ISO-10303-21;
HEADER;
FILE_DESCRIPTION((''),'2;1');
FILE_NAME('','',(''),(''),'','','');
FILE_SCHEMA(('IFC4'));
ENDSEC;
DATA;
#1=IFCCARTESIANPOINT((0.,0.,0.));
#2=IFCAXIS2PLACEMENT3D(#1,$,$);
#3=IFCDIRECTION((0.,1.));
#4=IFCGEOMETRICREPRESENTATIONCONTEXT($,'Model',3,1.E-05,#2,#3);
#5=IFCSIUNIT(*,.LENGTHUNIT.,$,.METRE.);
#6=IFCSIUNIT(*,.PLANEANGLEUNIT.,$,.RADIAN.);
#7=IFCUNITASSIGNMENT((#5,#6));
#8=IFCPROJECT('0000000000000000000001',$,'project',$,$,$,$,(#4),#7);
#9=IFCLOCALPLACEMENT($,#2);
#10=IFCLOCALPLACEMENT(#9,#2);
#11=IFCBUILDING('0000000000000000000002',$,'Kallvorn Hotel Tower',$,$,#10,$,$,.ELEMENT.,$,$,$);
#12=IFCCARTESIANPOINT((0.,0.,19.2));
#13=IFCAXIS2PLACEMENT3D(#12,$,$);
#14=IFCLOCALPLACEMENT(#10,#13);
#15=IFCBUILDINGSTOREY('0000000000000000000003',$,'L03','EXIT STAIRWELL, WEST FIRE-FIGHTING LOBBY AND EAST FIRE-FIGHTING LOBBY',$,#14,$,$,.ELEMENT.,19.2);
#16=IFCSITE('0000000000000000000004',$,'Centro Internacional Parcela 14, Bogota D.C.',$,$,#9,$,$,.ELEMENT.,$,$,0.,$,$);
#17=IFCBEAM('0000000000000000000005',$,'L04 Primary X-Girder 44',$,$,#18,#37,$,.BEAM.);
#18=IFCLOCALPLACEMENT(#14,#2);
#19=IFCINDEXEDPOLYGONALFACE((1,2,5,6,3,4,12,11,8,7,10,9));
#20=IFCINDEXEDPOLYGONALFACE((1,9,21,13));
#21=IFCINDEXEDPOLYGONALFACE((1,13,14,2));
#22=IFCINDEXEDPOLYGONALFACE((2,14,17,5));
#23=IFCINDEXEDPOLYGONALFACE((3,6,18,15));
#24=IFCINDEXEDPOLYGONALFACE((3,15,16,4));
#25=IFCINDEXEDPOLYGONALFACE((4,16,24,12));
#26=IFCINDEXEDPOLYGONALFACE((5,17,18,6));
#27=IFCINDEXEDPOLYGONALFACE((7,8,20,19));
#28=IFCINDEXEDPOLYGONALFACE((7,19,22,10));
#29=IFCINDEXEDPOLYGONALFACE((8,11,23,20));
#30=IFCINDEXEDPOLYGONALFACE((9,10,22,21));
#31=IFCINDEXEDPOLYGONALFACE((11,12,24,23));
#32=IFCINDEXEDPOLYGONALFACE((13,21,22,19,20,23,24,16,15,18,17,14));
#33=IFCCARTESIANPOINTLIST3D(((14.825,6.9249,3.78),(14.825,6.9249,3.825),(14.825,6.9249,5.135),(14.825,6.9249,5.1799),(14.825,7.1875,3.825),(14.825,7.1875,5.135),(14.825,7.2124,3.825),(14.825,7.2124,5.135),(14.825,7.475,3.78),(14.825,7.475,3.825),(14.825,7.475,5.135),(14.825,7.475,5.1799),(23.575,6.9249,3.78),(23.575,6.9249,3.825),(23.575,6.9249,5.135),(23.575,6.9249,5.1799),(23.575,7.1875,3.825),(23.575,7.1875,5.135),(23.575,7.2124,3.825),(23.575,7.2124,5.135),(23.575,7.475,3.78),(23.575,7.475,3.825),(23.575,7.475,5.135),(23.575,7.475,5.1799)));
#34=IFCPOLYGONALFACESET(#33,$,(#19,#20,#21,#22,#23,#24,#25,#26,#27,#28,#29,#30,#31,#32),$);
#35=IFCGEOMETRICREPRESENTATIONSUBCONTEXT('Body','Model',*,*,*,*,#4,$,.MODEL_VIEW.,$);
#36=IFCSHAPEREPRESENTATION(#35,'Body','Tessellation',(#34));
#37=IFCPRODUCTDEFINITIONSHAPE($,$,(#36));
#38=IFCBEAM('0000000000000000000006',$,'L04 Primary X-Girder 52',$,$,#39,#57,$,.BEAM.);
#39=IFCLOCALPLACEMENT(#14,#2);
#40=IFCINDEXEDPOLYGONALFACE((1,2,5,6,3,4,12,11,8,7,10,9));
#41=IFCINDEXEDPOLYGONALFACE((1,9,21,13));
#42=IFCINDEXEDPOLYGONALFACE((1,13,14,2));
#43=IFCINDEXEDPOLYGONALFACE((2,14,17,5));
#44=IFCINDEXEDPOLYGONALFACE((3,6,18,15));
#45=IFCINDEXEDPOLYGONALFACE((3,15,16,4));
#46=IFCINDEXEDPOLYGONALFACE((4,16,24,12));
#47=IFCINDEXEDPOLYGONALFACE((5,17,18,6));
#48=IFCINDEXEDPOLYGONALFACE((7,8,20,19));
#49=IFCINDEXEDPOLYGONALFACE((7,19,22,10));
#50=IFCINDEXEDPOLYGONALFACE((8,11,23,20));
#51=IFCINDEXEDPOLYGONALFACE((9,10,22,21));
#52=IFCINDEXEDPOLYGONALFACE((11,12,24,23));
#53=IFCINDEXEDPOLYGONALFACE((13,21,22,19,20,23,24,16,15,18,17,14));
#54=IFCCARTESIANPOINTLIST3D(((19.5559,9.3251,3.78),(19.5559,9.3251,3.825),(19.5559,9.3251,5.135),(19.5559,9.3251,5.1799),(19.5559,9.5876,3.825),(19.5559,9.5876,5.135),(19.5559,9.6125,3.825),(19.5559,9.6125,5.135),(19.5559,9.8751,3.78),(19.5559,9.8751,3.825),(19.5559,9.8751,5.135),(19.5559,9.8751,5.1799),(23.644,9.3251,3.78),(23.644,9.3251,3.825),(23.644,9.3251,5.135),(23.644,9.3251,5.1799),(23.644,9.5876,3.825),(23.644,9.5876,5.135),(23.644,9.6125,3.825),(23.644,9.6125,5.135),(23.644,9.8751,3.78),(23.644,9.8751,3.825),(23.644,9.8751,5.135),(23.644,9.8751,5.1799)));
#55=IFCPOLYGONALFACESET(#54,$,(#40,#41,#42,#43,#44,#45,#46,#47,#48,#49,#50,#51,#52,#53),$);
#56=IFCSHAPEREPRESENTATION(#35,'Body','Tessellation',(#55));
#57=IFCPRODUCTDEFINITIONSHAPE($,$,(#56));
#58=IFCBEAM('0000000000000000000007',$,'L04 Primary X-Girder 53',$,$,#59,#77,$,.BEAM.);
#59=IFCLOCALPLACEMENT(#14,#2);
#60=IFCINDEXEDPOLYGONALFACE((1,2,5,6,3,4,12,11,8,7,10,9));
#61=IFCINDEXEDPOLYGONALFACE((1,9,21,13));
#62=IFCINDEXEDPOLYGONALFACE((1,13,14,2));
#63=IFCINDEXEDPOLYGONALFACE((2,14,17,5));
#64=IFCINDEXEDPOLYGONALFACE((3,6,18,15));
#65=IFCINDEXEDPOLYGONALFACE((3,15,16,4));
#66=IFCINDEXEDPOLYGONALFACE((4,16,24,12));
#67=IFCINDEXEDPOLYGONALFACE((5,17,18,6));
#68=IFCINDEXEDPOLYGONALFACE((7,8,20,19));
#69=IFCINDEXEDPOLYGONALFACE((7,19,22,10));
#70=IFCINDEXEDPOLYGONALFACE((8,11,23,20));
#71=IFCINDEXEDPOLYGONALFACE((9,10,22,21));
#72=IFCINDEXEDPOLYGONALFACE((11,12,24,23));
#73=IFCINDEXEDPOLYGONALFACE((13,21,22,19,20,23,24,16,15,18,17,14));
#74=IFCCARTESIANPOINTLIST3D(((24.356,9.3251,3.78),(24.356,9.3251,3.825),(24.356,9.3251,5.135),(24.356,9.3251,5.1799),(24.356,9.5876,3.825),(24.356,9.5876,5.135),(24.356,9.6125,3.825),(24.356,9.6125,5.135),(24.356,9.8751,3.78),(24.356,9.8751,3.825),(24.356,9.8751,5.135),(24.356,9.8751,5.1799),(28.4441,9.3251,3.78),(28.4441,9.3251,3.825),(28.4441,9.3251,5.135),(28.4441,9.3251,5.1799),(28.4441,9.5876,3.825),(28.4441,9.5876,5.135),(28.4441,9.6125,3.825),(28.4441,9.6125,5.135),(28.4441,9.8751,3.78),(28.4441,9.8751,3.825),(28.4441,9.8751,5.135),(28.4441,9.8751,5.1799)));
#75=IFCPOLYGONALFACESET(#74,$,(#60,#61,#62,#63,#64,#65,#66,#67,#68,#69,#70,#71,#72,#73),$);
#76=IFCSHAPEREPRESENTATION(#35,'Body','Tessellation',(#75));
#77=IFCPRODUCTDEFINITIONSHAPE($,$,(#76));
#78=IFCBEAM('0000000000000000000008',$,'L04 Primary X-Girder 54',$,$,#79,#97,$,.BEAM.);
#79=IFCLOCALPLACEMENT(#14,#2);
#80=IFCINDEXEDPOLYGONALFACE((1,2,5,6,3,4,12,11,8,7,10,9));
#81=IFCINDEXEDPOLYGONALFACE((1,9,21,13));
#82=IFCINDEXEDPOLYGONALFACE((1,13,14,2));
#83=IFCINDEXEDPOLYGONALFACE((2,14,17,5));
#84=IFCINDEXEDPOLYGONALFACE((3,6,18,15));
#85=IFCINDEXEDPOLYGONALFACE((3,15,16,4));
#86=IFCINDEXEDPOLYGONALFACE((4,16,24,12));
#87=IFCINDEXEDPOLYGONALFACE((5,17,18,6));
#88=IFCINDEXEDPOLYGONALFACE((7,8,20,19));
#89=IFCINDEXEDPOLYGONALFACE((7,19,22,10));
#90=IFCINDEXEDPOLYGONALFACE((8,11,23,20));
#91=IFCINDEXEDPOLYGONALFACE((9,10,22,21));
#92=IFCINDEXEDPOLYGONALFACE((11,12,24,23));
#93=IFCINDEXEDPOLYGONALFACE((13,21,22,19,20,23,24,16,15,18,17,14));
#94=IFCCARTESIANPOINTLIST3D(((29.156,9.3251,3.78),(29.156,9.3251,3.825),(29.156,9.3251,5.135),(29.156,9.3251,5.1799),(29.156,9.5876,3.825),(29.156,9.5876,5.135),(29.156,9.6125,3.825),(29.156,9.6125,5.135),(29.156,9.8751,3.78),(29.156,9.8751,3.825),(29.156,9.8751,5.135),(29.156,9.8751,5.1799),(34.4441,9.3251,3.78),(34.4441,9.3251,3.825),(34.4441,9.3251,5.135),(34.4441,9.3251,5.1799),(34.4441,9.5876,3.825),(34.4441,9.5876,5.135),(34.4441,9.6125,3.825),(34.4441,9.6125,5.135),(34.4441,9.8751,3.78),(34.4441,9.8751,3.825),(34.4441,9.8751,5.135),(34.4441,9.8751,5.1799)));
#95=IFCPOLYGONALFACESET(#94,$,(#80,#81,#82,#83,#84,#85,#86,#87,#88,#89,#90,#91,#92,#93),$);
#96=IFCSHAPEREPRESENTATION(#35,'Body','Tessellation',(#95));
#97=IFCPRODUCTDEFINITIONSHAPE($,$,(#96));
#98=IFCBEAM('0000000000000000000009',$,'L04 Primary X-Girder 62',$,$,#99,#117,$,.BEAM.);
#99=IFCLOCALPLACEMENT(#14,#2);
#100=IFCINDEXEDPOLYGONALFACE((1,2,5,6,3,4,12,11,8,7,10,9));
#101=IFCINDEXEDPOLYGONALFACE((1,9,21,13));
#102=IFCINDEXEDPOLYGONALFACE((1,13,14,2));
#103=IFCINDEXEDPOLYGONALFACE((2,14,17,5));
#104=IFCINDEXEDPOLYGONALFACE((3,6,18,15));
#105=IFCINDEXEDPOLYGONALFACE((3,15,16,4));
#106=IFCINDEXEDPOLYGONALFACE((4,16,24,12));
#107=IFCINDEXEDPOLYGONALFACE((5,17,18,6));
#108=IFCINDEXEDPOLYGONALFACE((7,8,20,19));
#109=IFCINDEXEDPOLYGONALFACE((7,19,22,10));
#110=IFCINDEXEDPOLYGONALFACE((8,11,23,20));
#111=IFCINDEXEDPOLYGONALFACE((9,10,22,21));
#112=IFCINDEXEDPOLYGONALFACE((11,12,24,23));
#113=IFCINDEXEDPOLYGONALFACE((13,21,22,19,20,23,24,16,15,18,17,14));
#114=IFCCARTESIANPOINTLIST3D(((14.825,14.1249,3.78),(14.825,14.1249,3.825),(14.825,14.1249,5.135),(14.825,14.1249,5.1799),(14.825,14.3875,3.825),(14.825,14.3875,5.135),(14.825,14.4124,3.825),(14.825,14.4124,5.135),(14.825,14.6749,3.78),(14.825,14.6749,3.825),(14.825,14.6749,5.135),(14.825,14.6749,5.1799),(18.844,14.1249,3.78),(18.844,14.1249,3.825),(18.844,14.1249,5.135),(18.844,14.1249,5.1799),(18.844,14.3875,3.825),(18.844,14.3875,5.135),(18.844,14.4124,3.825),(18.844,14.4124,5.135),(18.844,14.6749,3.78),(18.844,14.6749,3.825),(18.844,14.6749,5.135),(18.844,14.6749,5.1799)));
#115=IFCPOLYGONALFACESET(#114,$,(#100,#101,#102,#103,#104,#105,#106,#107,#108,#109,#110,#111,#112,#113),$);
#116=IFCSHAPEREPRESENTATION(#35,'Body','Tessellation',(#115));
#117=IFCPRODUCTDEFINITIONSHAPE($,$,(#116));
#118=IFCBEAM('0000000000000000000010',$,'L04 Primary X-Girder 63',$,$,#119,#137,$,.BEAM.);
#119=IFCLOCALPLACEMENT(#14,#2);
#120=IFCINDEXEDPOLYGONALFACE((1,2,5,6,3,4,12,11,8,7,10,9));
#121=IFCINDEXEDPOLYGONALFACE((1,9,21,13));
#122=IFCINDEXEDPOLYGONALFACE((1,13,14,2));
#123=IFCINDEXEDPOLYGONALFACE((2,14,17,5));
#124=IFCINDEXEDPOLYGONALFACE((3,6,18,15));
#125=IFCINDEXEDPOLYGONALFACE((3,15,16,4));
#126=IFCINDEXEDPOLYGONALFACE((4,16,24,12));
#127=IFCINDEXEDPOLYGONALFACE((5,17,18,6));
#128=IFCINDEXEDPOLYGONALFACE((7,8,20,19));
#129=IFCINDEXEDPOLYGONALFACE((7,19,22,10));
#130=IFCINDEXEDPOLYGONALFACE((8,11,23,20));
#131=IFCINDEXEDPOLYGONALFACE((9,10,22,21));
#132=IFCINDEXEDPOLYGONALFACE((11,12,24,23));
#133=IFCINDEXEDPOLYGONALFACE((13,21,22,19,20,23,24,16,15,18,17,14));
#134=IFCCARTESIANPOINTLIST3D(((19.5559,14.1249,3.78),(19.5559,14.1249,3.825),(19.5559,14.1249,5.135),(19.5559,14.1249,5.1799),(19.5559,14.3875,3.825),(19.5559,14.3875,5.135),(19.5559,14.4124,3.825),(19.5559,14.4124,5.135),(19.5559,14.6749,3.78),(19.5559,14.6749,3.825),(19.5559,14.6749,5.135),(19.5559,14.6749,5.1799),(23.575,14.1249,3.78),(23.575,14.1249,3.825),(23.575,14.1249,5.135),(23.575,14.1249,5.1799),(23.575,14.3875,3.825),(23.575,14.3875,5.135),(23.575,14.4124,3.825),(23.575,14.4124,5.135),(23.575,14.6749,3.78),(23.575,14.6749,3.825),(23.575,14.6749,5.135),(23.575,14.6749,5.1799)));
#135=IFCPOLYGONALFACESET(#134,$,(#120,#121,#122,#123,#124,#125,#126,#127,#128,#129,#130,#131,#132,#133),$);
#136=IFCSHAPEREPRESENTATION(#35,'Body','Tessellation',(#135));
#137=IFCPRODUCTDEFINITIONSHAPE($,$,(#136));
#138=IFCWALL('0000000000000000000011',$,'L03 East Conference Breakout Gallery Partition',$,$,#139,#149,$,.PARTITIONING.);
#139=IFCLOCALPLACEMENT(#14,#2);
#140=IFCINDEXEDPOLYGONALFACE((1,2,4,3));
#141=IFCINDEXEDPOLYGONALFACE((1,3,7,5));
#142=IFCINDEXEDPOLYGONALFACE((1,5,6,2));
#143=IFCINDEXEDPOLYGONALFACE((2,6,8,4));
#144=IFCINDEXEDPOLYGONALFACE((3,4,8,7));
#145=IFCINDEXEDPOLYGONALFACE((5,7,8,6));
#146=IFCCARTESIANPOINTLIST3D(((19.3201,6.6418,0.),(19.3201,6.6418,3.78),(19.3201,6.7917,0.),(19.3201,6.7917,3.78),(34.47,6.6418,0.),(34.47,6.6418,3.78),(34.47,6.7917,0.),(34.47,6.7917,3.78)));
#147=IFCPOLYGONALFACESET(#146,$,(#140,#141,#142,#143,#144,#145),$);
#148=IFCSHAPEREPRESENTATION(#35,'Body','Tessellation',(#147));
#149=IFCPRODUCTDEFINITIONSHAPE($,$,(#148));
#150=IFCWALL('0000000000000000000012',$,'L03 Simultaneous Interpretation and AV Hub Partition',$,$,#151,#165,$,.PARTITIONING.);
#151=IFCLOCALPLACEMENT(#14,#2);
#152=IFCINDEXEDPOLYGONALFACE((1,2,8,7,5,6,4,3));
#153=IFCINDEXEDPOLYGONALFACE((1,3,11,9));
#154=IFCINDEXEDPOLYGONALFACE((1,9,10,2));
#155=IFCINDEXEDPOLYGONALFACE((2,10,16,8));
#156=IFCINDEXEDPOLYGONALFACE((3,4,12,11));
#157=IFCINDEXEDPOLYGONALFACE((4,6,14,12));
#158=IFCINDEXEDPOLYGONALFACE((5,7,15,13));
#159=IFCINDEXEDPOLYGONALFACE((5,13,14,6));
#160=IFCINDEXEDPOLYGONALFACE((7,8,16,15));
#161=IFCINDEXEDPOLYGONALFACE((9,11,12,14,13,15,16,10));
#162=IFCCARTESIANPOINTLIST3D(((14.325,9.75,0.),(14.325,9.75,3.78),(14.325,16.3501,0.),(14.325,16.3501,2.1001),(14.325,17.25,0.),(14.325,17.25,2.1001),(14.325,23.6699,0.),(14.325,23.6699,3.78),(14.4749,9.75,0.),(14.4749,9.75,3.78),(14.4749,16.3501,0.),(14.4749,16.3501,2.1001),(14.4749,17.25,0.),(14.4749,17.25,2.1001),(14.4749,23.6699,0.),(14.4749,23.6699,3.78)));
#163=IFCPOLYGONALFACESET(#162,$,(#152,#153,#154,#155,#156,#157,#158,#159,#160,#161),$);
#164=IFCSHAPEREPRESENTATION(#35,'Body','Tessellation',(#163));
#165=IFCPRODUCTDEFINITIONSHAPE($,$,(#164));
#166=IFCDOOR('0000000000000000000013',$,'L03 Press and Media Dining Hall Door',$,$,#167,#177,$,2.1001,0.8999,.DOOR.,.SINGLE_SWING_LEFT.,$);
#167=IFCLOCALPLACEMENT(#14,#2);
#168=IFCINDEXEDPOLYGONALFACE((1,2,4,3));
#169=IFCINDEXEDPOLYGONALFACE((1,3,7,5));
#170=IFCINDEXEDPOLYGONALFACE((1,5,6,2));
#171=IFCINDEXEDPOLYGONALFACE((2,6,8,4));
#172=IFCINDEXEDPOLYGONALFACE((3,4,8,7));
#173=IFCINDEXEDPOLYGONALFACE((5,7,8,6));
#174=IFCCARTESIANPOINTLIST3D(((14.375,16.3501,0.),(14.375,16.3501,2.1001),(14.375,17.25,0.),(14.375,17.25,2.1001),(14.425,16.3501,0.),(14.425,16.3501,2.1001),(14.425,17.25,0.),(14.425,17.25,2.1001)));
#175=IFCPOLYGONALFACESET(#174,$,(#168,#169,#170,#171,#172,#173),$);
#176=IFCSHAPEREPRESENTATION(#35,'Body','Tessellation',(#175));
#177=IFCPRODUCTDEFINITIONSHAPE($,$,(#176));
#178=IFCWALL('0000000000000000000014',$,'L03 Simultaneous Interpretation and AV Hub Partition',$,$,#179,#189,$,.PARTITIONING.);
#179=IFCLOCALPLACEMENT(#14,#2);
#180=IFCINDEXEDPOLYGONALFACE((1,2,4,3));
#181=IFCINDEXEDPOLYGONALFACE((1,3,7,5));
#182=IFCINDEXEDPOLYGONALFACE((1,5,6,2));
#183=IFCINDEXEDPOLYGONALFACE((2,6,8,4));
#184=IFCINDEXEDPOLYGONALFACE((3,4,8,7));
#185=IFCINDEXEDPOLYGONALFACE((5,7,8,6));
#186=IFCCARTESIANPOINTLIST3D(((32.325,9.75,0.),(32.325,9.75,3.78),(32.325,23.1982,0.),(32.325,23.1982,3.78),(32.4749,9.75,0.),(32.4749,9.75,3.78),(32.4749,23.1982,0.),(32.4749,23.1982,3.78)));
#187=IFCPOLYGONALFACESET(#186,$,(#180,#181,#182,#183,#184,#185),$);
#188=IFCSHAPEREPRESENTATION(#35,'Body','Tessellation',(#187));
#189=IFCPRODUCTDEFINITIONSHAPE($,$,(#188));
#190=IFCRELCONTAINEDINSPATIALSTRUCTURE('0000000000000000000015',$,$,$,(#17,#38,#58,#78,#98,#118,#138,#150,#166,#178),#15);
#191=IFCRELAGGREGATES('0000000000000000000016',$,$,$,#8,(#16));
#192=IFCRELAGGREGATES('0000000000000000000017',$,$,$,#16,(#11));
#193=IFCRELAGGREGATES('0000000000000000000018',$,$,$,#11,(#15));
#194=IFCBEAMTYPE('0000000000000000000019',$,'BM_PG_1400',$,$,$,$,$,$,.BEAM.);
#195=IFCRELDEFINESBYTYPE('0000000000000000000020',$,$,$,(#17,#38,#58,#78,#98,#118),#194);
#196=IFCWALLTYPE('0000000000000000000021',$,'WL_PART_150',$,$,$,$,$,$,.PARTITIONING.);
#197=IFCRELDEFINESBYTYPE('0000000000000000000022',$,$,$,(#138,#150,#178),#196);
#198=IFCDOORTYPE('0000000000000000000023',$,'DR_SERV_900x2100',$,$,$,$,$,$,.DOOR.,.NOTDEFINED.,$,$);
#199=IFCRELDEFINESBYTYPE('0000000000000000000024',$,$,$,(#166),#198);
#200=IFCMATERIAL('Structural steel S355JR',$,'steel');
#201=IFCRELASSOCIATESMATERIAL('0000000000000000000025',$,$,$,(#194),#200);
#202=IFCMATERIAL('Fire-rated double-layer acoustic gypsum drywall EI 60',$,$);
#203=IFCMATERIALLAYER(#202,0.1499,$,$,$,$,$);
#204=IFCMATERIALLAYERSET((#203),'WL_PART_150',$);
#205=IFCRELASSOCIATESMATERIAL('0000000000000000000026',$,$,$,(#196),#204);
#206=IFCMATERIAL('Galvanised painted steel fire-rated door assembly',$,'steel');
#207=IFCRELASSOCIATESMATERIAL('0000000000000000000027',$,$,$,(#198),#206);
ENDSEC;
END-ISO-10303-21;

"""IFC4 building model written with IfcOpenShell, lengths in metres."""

from ifc_helpers import new_model, si_unit, direction, frame, frame_2d, origin, origin_2d, place, context, subcontext, project, spatial, rectangle, i_section, extrude, material, layer, layer_set, material_profile, profile_set, type_object, element, fill, save


model = new_model("IFC4")

# Units and contexts
model_context = context("Model", 3, precision=1e-05, world=origin(), true_north=direction((0.0, 1.0)))
body_context = subcontext(model_context, "Body", "Model", "MODEL_VIEW")
ifc_project = project(units=[si_unit("LENGTHUNIT", "METRE"), si_unit("PLANEANGLEUNIT", "RADIAN")], contexts=[model_context])

# Site, building, storey
site_placement = place(None, origin())
site = spatial("IfcSite", under=ifc_project, at=site_placement, Name="Centro Internacional Parcela 14, Bogota D.C.", CompositionType="ELEMENT", RefElevation=0.0)
building_placement = place(site_placement, origin())
building = spatial("IfcBuilding", under=site, at=building_placement, Name="Kallvorn Hotel Tower", CompositionType="ELEMENT")
storey_placement = place(building_placement, frame((0.0, 0.0, 19.2)))
storey = spatial("IfcBuildingStorey", under=building, at=storey_placement, Name="L03", Description="EXIT STAIRWELL, WEST FIRE-FIGHTING LOBBY AND EAST FIRE-FIGHTING LOBBY", CompositionType="ELEMENT", Elevation=19.2)

# Beams
ifc_material_1 = material(Name="Structural steel S355JR", Category="steel")
ifc_material_profile_1 = material_profile(ifc_material_1, i_section(OverallWidth=0.55, OverallDepth=1.3999, WebThickness=0.0249, FlangeThickness=0.0449, at=origin_2d()), Name="PG 1400x550x25x45")
ifc_profile_set_1 = profile_set([ifc_material_profile_1], Name="Structural steel S355JR")
beam_type_1 = type_object("IfcBeamType", Name="BM_PG_1400", PredefinedType="BEAM", material=ifc_profile_set_1)
beam_1_placement = place(storey_placement, frame((14.825, 7.2, 4.48), z_axis=(1.0, 0.0, 0.0), x_axis=(0.0, 1.0, 0.0)))
element("IfcBeam", 1, at=beam_1_placement, inside=storey, type_object=beam_type_1, Name="L04 Primary X-Girder 44", PredefinedType="BEAM", context=body_context, shape_type="SweptSolid", body=[
    extrude(i_section(OverallWidth=0.55, OverallDepth=1.3999, WebThickness=0.0249, FlangeThickness=0.0449, at=origin_2d()), origin(), (0.0, 0.0, 1.0), 8.75),
])
for number, where, z_axis, x_axis, name in (
    (2, (19.5559, 9.6001, 4.48), (1.0, 0.0, 0.0), (0.0, 1.0, 0.0), "L04 Primary X-Girder 52"),
    (3, (24.356, 9.6001, 4.48), (1.0, 0.0, 0.0), (0.0, 1.0, 0.0), "L04 Primary X-Girder 53"),
):
    element("IfcBeam", number, at=place(storey_placement, frame(where, z_axis=z_axis, x_axis=x_axis)), inside=storey, type_object=beam_type_1, Name=name, PredefinedType="BEAM", context=body_context, shape_type="SweptSolid", body=[
        extrude(i_section(OverallWidth=0.55, OverallDepth=1.3999, WebThickness=0.0249, FlangeThickness=0.0449, at=origin_2d()), origin(), (0.0, 0.0, 1.0), 4.0881),
    ])
beam_2_placement = place(storey_placement, frame((29.156, 9.6001, 4.48), z_axis=(1.0, 0.0, 0.0), x_axis=(0.0, 1.0, 0.0)))
element("IfcBeam", 4, at=beam_2_placement, inside=storey, type_object=beam_type_1, Name="L04 Primary X-Girder 54", PredefinedType="BEAM", context=body_context, shape_type="SweptSolid", body=[
    extrude(i_section(OverallWidth=0.55, OverallDepth=1.3999, WebThickness=0.0249, FlangeThickness=0.0449, at=origin_2d()), origin(), (0.0, 0.0, 1.0), 5.2881),
])
for number, where, z_axis, x_axis, name in (
    (5, (14.825, 14.3999, 4.48), (1.0, 0.0, 0.0), (0.0, 1.0, 0.0), "L04 Primary X-Girder 62"),
    (6, (19.5559, 14.3999, 4.48), (1.0, 0.0, 0.0), (0.0, 1.0, 0.0), "L04 Primary X-Girder 63"),
):
    element("IfcBeam", number, at=place(storey_placement, frame(where, z_axis=z_axis, x_axis=x_axis)), inside=storey, type_object=beam_type_1, Name=name, PredefinedType="BEAM", context=body_context, shape_type="SweptSolid", body=[
        extrude(i_section(OverallWidth=0.55, OverallDepth=1.3999, WebThickness=0.0249, FlangeThickness=0.0449, at=origin_2d()), origin(), (0.0, 0.0, 1.0), 4.019),
    ])

# Wall
ifc_material_2 = material(Name="Fire-rated double-layer acoustic gypsum drywall EI 60")
ifc_layer = layer(ifc_material_2, 0.1499)
ifc_layer_set = layer_set([ifc_layer], Name="WL_PART_150")
wall_type = type_object("IfcWallType", Name="WL_PART_150", PredefinedType="PARTITIONING", material=ifc_layer_set)
wall_1_placement = place(storey_placement, frame((19.3201, 6.7168, 0.0), z_axis=(0.0, 0.0, 1.0), x_axis=(1.0, 0.0, 0.0)))
element("IfcWall", 7, at=wall_1_placement, inside=storey, type_object=wall_type, Name="L03 East Conference Breakout Gallery Partition", PredefinedType="PARTITIONING", context=body_context, shape_type="SweptSolid", body=[
    extrude(rectangle(XDim=15.1499, YDim=0.1499, at=frame_2d((7.575, 0.0))), origin(), (0.0, 0.0, 1.0), 3.78),
])

# Wall, opening, door
wall_2_placement = place(storey_placement, frame((14.3999, 9.75, 0.0), z_axis=(0.0, 0.0, 1.0), x_axis=(0.0, 1.0, 0.0)))
wall_2 = element("IfcWall", 8, at=wall_2_placement, inside=storey, type_object=wall_type, Name="L03 Simultaneous Interpretation and AV Hub Partition", PredefinedType="PARTITIONING", context=body_context, shape_type="SweptSolid", body=[
    extrude(rectangle(XDim=13.9199, YDim=0.1499, at=frame_2d((6.96, 0.0))), origin(), (0.0, 0.0, 1.0), 3.78),
])
opening_placement = place(wall_2_placement, frame((6.6001, 0.0, 0.0)))
opening = element("IfcOpeningElement", 9, at=opening_placement, cuts=wall_2, PredefinedType="OPENING", context=body_context, shape_type="SweptSolid", body=[
    extrude(rectangle(XDim=0.8999, YDim=2.1001, at=frame_2d((0.45, 1.05))), frame((0.0, 0.0898, 0.0), z_axis=(0.0, -1.0, 0.0), x_axis=(1.0, 0.0, 0.0)), (0.0, 0.0, 1.0), 0.1799),
])
ifc_material_3 = material(Name="Galvanised painted steel fire-rated door assembly", Category="steel")
door_type = type_object("IfcDoorType", Name="DR_SERV_900x2100", OperationType="NOTDEFINED", PredefinedType="DOOR", material=ifc_material_3)
door_placement = place(opening_placement, origin())
door = element("IfcDoor", 10, at=door_placement, inside=storey, type_object=door_type, Name="L03 Press and Media Dining Hall Door", OperationType="SINGLE_SWING_LEFT", OverallHeight=2.1001, OverallWidth=0.8999, PredefinedType="DOOR", context=body_context, shape_type="SweptSolid", body=[
    extrude(rectangle(XDim=0.8999, YDim=2.1001, at=frame_2d((0.45, 1.05))), frame((0.0, 0.0249, 0.0), z_axis=(0.0, -1.0, 0.0), x_axis=(1.0, 0.0, 0.0)), (0.0, 0.0, 1.0), 0.05),
])
fill(opening, door)

# Wall
wall_3_placement = place(storey_placement, frame((32.3999, 9.75, 0.0), z_axis=(0.0, 0.0, 1.0), x_axis=(0.0, 1.0, 0.0)))
element("IfcWall", 11, at=wall_3_placement, inside=storey, type_object=wall_type, Name="L03 Simultaneous Interpretation and AV Hub Partition", PredefinedType="PARTITIONING", context=body_context, shape_type="SweptSolid", body=[
    extrude(rectangle(XDim=13.4482, YDim=0.1499, at=frame_2d((6.7241, 0.0))), origin(), (0.0, 0.0, 1.0), 3.78),
])

save(model, "model.ifc")
